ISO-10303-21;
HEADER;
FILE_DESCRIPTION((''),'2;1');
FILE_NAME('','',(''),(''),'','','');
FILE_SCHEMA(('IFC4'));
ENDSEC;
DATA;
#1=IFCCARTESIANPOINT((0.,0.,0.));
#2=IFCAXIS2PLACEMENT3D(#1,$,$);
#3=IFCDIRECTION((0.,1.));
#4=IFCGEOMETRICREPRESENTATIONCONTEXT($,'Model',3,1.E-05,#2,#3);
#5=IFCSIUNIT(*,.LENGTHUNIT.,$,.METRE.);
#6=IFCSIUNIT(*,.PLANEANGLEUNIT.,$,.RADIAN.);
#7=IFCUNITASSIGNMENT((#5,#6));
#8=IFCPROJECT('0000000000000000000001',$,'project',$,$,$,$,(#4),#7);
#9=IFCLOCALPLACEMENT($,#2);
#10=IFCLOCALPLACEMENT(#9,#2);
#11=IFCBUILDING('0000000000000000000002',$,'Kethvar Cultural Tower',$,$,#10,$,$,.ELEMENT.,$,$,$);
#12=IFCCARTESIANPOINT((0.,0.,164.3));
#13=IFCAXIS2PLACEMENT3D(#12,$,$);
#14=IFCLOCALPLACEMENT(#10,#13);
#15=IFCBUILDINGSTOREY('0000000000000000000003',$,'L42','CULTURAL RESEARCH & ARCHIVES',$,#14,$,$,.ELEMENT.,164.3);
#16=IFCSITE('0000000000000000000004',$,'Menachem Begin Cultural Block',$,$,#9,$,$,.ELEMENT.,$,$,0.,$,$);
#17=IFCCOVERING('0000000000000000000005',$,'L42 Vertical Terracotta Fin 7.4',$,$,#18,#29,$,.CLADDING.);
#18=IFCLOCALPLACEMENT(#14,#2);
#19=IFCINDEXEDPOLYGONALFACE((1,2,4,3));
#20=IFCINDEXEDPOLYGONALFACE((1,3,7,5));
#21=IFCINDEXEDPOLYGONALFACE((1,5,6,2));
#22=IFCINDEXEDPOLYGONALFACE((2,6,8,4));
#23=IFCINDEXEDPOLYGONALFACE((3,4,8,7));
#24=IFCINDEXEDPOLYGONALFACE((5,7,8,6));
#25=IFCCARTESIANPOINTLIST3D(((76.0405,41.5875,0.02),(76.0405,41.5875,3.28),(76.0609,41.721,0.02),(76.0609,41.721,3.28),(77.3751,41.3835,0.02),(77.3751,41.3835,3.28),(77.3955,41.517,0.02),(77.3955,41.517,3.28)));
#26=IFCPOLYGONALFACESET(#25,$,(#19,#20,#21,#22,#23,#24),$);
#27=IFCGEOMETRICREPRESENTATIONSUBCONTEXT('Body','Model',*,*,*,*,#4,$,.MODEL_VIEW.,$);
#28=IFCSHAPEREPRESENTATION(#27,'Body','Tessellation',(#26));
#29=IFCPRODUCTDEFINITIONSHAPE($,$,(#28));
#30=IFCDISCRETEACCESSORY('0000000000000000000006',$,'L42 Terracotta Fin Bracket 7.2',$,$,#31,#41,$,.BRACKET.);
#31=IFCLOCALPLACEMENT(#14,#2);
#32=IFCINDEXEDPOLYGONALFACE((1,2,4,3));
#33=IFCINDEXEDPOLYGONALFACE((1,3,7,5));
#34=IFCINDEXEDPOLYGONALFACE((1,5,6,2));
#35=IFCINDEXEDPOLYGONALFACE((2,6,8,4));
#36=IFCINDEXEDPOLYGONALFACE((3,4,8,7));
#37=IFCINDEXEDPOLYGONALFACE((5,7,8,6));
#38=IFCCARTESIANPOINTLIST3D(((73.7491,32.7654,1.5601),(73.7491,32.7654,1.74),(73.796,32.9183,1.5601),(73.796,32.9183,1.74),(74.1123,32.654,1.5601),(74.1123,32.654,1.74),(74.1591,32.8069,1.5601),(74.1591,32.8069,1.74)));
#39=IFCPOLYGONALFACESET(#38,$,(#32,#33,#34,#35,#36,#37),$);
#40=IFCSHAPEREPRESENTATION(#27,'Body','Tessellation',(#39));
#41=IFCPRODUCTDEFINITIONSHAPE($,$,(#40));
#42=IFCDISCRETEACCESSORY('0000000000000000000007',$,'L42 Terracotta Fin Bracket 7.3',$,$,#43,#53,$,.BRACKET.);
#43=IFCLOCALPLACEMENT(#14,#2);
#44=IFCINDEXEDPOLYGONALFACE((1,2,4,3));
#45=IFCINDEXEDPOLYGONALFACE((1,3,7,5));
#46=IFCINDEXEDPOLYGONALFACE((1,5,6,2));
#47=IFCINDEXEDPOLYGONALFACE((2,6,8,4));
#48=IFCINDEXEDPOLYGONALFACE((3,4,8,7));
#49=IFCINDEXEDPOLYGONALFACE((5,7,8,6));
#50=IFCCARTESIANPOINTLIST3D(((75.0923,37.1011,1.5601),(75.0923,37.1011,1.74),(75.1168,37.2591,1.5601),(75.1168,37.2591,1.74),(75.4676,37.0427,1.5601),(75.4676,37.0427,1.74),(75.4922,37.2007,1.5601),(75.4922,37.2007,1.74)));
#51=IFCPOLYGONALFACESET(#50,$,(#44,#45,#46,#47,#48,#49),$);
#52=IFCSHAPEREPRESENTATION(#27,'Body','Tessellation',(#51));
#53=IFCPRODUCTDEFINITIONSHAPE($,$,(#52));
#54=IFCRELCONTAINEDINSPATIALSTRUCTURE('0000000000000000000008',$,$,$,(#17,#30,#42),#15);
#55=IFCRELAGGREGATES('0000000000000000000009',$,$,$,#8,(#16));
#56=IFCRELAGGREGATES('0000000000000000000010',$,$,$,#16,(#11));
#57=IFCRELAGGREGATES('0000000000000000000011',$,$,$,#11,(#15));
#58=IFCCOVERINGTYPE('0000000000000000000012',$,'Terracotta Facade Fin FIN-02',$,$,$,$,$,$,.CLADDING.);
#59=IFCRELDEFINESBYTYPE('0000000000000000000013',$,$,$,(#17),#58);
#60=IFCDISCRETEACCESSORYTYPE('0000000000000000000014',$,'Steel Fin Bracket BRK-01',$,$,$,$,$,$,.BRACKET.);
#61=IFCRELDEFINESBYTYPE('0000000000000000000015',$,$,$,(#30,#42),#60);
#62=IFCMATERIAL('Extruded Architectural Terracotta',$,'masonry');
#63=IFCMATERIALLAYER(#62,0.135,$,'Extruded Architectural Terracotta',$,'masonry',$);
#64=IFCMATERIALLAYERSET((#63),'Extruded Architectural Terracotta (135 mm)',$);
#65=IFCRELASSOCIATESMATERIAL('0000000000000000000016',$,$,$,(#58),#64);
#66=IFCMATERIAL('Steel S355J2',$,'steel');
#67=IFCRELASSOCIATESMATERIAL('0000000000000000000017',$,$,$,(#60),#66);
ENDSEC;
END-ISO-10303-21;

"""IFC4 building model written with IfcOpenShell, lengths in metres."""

from ifc_helpers import new_model, si_unit, direction, frame, origin, origin_2d, place, context, subcontext, project, spatial, rectangle, extrude, source, transform, mapped, material, layer, layer_set, type_object, element, save


model = new_model("IFC4")

# Units and contexts
model_context = context("Model", 3, precision=1e-05, world=origin(), true_north=direction((0.0, 1.0)))
body_context = subcontext(model_context, "Body", "Model", "MODEL_VIEW")
ifc_project = project(units=[si_unit("LENGTHUNIT", "METRE"), si_unit("PLANEANGLEUNIT", "RADIAN")], contexts=[model_context])

# Site, building, storey
site_placement = place(None, origin())
site = spatial("IfcSite", under=ifc_project, at=site_placement, Name="Menachem Begin Cultural Block", CompositionType="ELEMENT", RefElevation=0.0)
building_placement = place(site_placement, origin())
building = spatial("IfcBuilding", under=site, at=building_placement, Name="Kethvar Cultural Tower", CompositionType="ELEMENT")
storey_placement = place(building_placement, frame((0.0, 0.0, 164.3)))
storey = spatial("IfcBuildingStorey", under=building, at=storey_placement, Name="L42", Description="CULTURAL RESEARCH & ARCHIVES", CompositionType="ELEMENT", Elevation=164.3)

# Shared definitions
ifc_material_1 = material(Name="Steel S355J2", Category="steel")

# Covering
ifc_material_2 = material(Name="Extruded Architectural Terracotta", Category="masonry")
ifc_layer_1 = layer(ifc_material_2, 0.135, Name="Extruded Architectural Terracotta", Category="masonry")
ifc_layer_set_1 = layer_set([ifc_layer_1], Name="Extruded Architectural Terracotta (135 mm)")
covering_type_1 = type_object("IfcCoveringType", Name="Terracotta Facade Fin FIN-02", PredefinedType="CLADDING", material=ifc_layer_set_1)
shared_shape_1 = source(origin(), body_context, "Body", "SweptSolid", [
    extrude(rectangle(XDim=1.3501, YDim=0.135, at=origin_2d()), origin(), (0.0, 0.0, 1.0), 3.26),
])
for number, where, z_axis, x_axis, name in (
    (1, (76.718, 41.5522, 0.02), (0.0, 0.0, 1.0), (0.98852, -0.151088, 0.0), "L42 Vertical Terracotta Fin 7.4"),
):
    element("IfcCovering", number, at=place(storey_placement, frame(where, z_axis=z_axis, x_axis=x_axis)), inside=storey, type_object=covering_type_1, Name=name, PredefinedType="CLADDING", context=body_context, shape_type="MappedRepresentation", body=[
        mapped(shared_shape_1, transform((0.0, 0.0, 0.0), scale=1.0)),
    ])

# Discrete accessories
discrete_accessory_type = type_object("IfcDiscreteAccessoryType", Name="Steel Fin Bracket BRK-01", PredefinedType="BRACKET", material=ifc_material_1)
shared_shape_2 = source(origin(), body_context, "Body", "SweptSolid", [
    extrude(rectangle(XDim=0.3799, YDim=0.1599, at=origin_2d()), origin(), (0.0, 0.0, 1.0), 0.1799),
])
for number, where, z_axis, x_axis, name in (
    (2, (73.9541, 32.7861, 1.5601), (0.0, 0.0, 1.0), (0.956049, -0.293206, 0.0), "L42 Terracotta Fin Bracket 7.2"),
    (3, (75.2922, 37.1509, 1.5601), (0.0, 0.0, 1.0), (0.988121, -0.153676, 0.0), "L42 Terracotta Fin Bracket 7.3"),
):
    element("IfcDiscreteAccessory", number, at=place(storey_placement, frame(where, z_axis=z_axis, x_axis=x_axis)), inside=storey, type_object=discrete_accessory_type, Name=name, PredefinedType="BRACKET", context=body_context, shape_type="MappedRepresentation", body=[
        mapped(shared_shape_2, transform((0.0, 0.0, 0.0), scale=1.0)),
    ])

save(model, "model.ifc")
